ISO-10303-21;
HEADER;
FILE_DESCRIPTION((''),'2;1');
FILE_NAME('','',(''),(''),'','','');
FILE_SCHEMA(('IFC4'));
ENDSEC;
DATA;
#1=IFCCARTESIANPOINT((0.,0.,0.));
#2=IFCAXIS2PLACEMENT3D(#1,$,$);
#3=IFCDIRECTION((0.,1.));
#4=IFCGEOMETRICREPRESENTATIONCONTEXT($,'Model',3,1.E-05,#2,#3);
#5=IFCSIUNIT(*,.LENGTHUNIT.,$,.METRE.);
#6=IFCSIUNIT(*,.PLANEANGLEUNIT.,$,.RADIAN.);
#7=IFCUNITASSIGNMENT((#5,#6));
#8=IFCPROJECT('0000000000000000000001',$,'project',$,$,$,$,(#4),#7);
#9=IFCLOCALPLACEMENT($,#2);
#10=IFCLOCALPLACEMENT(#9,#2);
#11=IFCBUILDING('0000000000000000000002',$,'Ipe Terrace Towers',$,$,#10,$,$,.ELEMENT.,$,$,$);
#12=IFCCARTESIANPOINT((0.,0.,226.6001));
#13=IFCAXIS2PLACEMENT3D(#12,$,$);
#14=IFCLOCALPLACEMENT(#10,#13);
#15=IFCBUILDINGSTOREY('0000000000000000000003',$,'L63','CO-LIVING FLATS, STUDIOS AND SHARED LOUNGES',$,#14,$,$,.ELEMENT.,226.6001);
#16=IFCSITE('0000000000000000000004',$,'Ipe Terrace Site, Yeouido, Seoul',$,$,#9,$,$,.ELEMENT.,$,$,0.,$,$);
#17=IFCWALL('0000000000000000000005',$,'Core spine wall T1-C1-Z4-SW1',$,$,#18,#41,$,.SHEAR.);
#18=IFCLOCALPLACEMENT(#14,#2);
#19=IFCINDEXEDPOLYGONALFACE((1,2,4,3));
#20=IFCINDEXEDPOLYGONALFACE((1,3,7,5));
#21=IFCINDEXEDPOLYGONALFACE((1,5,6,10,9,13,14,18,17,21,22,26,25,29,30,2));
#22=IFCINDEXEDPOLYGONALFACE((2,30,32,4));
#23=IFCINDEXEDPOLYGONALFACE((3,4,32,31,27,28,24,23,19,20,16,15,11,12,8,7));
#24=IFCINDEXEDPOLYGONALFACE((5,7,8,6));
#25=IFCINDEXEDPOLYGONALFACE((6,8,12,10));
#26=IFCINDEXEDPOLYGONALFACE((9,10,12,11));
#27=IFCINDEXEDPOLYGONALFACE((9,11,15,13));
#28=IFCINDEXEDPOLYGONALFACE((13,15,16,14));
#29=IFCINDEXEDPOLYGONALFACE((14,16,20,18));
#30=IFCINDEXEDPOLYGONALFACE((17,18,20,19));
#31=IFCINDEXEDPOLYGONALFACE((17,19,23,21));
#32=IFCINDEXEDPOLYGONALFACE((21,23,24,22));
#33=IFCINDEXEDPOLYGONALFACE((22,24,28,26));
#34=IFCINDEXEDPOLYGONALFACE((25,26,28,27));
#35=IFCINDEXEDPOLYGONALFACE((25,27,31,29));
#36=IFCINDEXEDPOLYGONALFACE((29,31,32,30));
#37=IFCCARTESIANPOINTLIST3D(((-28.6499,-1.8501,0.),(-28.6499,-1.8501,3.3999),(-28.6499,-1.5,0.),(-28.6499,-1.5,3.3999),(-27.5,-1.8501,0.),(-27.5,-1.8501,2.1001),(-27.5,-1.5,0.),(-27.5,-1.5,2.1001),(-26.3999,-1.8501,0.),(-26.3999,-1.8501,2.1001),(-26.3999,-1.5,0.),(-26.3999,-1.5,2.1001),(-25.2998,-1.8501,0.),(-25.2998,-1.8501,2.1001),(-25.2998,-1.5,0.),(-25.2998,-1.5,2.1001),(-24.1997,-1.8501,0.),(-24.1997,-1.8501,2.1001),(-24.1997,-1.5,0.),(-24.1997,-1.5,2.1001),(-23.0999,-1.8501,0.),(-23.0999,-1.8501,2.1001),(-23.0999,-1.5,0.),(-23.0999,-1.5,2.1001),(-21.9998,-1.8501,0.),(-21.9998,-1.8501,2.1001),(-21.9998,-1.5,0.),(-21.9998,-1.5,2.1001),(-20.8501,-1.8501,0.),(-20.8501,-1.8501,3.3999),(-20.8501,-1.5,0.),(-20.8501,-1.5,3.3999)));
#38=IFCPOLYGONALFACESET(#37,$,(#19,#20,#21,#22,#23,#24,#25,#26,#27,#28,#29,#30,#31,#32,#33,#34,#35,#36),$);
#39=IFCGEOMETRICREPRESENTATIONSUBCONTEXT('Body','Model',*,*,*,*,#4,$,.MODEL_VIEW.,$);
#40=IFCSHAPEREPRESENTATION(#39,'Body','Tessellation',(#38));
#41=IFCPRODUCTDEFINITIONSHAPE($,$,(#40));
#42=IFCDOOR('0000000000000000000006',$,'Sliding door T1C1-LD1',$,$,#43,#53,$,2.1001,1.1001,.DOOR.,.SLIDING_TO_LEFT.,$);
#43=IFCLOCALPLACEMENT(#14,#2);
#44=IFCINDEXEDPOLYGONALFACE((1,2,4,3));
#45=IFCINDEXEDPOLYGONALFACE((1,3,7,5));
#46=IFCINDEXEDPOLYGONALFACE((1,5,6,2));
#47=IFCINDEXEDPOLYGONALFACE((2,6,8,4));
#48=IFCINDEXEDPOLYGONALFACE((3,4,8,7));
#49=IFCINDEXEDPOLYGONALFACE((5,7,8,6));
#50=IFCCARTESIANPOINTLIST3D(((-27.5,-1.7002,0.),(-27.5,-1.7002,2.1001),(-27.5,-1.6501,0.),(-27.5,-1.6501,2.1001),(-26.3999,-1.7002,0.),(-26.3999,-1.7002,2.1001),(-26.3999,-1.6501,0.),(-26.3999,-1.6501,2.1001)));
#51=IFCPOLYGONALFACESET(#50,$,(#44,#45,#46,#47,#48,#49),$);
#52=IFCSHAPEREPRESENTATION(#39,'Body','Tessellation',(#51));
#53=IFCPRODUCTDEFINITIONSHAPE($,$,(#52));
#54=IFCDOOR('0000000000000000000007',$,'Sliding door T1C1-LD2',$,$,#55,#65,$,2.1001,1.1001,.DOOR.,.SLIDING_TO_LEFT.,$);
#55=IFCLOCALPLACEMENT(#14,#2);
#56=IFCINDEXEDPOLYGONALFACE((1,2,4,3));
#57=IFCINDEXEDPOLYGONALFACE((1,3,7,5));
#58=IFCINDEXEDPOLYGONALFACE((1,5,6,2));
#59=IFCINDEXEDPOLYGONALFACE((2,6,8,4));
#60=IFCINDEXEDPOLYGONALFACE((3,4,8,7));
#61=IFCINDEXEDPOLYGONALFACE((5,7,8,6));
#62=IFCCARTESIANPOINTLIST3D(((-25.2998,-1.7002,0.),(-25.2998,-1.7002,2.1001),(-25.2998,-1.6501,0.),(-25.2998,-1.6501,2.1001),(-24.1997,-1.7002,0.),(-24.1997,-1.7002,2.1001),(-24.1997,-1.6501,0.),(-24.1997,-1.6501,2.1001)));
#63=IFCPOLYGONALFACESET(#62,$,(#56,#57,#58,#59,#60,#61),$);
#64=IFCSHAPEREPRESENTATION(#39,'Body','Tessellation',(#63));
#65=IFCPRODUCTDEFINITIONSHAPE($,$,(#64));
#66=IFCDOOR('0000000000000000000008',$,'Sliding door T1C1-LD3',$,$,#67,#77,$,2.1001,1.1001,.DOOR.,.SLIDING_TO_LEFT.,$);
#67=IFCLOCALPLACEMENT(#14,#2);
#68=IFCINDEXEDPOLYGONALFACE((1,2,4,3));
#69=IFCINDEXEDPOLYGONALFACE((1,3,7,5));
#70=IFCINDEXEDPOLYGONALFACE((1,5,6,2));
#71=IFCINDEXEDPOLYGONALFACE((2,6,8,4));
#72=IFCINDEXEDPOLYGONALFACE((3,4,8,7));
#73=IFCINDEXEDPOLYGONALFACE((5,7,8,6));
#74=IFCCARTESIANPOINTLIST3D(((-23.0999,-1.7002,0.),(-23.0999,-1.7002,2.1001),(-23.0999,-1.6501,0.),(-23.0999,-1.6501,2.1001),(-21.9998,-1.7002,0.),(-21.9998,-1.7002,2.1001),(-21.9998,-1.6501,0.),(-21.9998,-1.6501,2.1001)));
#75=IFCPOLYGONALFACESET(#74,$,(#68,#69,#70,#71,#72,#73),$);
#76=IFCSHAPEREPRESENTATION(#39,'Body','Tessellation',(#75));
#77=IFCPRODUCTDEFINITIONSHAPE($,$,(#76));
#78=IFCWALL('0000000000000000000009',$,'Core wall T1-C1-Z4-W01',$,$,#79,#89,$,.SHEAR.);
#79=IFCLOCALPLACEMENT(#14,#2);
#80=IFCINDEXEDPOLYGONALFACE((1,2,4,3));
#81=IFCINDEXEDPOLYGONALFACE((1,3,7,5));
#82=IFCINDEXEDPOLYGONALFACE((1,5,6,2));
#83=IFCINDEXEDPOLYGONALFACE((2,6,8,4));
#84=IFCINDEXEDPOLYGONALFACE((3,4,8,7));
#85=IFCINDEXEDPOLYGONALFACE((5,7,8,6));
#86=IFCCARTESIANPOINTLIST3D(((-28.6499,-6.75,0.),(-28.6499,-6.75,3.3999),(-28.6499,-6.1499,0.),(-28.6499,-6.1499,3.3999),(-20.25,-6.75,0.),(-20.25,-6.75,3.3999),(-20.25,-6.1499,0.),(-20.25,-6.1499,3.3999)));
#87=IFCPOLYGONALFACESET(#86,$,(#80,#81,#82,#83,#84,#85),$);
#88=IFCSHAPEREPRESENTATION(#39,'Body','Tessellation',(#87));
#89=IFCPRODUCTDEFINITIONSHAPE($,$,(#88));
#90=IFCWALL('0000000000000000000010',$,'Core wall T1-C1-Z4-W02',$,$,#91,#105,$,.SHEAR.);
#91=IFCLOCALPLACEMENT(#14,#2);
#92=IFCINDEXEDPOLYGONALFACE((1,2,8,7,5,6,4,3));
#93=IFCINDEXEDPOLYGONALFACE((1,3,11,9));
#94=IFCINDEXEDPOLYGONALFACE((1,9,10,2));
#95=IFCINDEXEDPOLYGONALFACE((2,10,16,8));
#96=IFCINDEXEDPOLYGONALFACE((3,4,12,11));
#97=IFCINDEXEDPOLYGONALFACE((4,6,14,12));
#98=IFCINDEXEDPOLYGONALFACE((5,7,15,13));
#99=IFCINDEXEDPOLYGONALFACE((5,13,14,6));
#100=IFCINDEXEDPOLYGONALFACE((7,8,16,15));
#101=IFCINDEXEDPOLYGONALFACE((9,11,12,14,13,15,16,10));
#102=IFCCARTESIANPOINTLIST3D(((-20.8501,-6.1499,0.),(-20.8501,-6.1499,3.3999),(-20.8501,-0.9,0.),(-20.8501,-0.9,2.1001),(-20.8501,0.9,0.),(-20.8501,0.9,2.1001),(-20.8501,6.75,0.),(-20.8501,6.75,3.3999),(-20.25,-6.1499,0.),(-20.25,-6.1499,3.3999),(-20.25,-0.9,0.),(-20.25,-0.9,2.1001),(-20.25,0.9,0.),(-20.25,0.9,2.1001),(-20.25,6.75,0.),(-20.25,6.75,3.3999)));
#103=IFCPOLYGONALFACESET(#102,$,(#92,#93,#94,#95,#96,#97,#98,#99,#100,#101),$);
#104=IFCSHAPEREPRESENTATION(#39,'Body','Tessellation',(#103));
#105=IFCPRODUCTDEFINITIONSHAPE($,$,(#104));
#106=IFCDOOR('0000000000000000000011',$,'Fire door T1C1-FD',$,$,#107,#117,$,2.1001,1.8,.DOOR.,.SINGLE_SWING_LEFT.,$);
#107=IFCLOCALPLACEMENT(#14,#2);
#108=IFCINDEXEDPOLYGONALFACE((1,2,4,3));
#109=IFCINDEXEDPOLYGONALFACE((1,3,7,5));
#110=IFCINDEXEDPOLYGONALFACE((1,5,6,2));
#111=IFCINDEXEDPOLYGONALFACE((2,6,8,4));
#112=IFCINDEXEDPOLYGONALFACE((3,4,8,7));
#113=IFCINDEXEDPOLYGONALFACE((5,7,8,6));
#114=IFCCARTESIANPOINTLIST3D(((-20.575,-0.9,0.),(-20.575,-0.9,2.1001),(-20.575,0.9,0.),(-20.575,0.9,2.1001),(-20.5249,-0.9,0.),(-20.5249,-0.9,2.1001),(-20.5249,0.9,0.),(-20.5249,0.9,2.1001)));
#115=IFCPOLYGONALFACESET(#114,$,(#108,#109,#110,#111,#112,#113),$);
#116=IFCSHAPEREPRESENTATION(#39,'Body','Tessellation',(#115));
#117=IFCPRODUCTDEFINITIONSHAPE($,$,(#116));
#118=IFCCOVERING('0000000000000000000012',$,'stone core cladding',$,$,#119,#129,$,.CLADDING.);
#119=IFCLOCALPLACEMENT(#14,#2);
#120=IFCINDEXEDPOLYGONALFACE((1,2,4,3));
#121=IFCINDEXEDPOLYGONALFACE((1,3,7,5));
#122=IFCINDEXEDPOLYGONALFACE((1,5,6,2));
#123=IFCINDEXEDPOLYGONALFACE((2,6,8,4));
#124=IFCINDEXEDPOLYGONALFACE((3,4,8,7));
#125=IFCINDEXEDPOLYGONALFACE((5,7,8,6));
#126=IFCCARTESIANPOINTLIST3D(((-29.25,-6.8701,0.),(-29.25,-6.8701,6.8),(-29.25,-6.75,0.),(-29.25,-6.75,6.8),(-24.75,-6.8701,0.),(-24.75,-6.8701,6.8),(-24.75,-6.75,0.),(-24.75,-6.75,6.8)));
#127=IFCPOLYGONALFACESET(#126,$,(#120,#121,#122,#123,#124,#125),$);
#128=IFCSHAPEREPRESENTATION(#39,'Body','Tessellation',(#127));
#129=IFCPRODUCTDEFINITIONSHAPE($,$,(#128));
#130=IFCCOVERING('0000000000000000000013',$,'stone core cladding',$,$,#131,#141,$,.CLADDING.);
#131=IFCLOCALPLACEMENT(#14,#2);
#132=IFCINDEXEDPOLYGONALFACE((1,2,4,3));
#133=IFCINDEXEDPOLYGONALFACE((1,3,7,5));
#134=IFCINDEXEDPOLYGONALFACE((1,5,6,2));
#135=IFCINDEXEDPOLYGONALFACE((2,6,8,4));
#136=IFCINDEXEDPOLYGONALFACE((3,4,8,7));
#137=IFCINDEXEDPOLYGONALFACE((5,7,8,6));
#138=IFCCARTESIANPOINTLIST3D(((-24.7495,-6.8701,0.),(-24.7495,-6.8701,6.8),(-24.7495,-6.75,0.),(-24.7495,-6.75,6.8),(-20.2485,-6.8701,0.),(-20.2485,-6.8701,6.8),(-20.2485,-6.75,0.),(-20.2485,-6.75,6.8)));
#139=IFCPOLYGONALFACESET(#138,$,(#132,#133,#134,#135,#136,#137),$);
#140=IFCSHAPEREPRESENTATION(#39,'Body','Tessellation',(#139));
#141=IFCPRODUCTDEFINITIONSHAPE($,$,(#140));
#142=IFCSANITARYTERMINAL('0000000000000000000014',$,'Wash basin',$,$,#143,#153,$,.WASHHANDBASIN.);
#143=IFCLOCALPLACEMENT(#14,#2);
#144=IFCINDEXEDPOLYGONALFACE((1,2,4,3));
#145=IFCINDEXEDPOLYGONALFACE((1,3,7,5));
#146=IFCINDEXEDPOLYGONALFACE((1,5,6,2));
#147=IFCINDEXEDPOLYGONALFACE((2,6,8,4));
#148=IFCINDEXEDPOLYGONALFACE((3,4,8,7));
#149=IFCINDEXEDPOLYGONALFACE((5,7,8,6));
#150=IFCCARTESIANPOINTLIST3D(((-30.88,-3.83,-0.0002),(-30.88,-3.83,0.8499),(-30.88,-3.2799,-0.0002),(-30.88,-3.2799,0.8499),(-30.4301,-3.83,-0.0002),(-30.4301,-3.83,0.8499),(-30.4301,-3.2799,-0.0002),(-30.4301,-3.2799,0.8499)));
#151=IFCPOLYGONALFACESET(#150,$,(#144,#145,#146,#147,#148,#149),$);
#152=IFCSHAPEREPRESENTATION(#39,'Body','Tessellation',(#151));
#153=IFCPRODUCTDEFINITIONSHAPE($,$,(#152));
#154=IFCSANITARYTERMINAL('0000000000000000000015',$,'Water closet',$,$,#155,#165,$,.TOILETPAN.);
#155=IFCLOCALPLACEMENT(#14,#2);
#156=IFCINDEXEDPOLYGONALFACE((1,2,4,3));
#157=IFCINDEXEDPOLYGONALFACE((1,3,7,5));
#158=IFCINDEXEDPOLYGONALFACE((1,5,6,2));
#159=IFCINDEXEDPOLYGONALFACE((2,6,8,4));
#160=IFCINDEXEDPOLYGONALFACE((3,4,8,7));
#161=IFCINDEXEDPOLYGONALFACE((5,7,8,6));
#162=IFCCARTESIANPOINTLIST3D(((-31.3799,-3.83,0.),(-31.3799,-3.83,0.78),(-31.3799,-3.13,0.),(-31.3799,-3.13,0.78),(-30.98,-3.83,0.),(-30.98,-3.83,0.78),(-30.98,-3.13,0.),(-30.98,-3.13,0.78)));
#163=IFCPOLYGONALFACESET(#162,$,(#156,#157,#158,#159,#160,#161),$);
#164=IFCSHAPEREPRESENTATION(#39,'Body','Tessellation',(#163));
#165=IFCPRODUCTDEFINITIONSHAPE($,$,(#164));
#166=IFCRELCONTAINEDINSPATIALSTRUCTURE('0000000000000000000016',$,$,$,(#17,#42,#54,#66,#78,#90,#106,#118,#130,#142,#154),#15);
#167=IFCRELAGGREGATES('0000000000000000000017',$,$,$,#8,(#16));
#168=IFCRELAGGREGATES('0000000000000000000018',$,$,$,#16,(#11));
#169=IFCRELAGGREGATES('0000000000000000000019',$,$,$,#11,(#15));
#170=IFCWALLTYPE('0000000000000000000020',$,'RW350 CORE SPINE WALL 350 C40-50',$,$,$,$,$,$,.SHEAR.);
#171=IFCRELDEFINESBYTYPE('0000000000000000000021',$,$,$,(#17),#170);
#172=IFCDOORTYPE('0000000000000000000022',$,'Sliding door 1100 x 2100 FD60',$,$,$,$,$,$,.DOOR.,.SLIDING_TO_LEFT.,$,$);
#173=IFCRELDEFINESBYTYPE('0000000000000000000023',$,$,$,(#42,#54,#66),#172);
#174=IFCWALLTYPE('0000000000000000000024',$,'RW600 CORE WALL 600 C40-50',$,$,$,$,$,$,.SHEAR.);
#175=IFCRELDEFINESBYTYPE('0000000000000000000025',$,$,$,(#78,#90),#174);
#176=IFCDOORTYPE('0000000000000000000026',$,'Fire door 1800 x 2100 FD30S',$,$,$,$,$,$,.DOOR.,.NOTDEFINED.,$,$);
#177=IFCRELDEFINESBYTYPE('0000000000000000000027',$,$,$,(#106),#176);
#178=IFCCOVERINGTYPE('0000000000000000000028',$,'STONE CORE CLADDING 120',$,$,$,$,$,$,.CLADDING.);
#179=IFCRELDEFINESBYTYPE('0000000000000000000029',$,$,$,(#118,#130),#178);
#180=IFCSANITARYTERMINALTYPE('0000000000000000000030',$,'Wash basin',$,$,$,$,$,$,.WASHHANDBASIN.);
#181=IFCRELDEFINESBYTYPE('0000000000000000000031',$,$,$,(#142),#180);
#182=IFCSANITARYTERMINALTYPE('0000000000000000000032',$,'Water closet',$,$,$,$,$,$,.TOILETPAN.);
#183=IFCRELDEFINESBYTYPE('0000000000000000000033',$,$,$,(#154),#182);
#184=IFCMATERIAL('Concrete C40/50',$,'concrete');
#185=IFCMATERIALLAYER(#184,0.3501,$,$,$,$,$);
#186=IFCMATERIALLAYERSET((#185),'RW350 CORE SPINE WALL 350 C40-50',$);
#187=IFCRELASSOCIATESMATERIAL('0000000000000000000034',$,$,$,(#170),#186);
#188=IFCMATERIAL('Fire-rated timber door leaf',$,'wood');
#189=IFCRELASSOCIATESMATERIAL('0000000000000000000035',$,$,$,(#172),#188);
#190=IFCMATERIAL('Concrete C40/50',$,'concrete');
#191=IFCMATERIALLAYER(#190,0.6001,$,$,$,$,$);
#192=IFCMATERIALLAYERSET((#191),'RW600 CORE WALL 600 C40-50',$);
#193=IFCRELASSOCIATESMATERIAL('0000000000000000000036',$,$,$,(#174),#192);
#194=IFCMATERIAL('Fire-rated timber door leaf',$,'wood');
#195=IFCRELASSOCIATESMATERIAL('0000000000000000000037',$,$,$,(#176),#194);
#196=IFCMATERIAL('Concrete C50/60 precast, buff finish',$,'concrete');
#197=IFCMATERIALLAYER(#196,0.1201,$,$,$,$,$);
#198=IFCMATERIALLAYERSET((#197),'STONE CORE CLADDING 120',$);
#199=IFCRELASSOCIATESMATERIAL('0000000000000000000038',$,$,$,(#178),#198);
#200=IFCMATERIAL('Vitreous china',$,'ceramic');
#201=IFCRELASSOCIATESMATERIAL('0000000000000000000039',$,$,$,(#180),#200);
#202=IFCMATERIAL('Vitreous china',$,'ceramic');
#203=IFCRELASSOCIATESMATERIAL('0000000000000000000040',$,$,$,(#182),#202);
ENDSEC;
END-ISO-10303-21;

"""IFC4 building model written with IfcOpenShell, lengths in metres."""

from ifc_helpers import new_model, si_unit, direction, frame, frame_2d, origin, origin_2d, place, context, subcontext, project, spatial, rectangle, extrude, material, layer, layer_set, type_object, element, fill, save


model = new_model("IFC4")

# Units and contexts
model_context = context("Model", 3, precision=1e-05, world=origin(), true_north=direction((0.0, 1.0)))
body_context = subcontext(model_context, "Body", "Model", "MODEL_VIEW")
ifc_project = project(units=[si_unit("LENGTHUNIT", "METRE"), si_unit("PLANEANGLEUNIT", "RADIAN")], contexts=[model_context])

# Site, building, storey
site_placement = place(None, origin())
site = spatial("IfcSite", under=ifc_project, at=site_placement, Name="Ipe Terrace Site, Yeouido, Seoul", CompositionType="ELEMENT", RefElevation=0.0)
building_placement = place(site_placement, origin())
building = spatial("IfcBuilding", under=site, at=building_placement, Name="Ipe Terrace Towers", CompositionType="ELEMENT")
storey_placement = place(building_placement, frame((0.0, 0.0, 226.6001)))
storey = spatial("IfcBuildingStorey", under=building, at=storey_placement, Name="L63", Description="CO-LIVING FLATS, STUDIOS AND SHARED LOUNGES", CompositionType="ELEMENT", Elevation=226.6001)

# Wall, openings, doors
ifc_material_1 = material(Name="Concrete C40/50", Category="concrete")
ifc_layer_1 = layer(ifc_material_1, 0.3501)
ifc_layer_set_1 = layer_set([ifc_layer_1], Name="RW350 CORE SPINE WALL 350 C40-50")
wall_type_1 = type_object("IfcWallType", Name="RW350 CORE SPINE WALL 350 C40-50", PredefinedType="SHEAR", material=ifc_layer_set_1)
wall_1_placement = place(storey_placement, frame((-28.6499, -1.675, 0.0), z_axis=(0.0, 0.0, 1.0), x_axis=(1.0, 0.0, 0.0)))
wall_1 = element("IfcWall", 1, at=wall_1_placement, inside=storey, type_object=wall_type_1, Name="Core spine wall T1-C1-Z4-SW1", PredefinedType="SHEAR", context=body_context, shape_type="SweptSolid", body=[
    extrude(rectangle(XDim=7.7998, YDim=0.3501, at=frame_2d((3.8999, 0.0))), origin(), (0.0, 0.0, 1.0), 3.3999),
])
opening_1_placement = place(wall_1_placement, frame((1.1499, 0.0, 0.0)))
opening_1 = element("IfcOpeningElement", 2, at=opening_1_placement, cuts=wall_1, PredefinedType="OPENING", context=body_context, shape_type="SweptSolid", body=[
    extrude(rectangle(XDim=1.1001, YDim=2.1001, at=frame_2d((0.55, 1.05))), frame((0.0, 0.1851, 0.0), z_axis=(0.0, -1.0, 0.0), x_axis=(1.0, 0.0, 0.0)), (0.0, 0.0, 1.0), 0.3701),
])
opening_2_placement = place(wall_1_placement, frame((3.3501, 0.0, 0.0)))
opening_2 = element("IfcOpeningElement", 3, at=opening_2_placement, cuts=wall_1, PredefinedType="OPENING", context=body_context, shape_type="SweptSolid", body=[
    extrude(rectangle(XDim=1.1001, YDim=2.1001, at=frame_2d((0.55, 1.05))), frame((0.0, 0.1851, 0.0), z_axis=(0.0, -1.0, 0.0), x_axis=(1.0, 0.0, 0.0)), (0.0, 0.0, 1.0), 0.3701),
])
opening_3_placement = place(wall_1_placement, frame((5.55, 0.0, 0.0)))
opening_3 = element("IfcOpeningElement", 4, at=opening_3_placement, cuts=wall_1, PredefinedType="OPENING", context=body_context, shape_type="SweptSolid", body=[
    extrude(rectangle(XDim=1.1001, YDim=2.1001, at=frame_2d((0.55, 1.05))), frame((0.0, 0.1851, 0.0), z_axis=(0.0, -1.0, 0.0), x_axis=(1.0, 0.0, 0.0)), (0.0, 0.0, 1.0), 0.3701),
])
ifc_material_2 = material(Name="Fire-rated timber door leaf", Category="wood")
door_type_1 = type_object("IfcDoorType", Name="Sliding door 1100 x 2100 FD60", OperationType="SLIDING_TO_LEFT", PredefinedType="DOOR", material=ifc_material_2)
door_1_placement = place(opening_1_placement, origin())
door_1 = element("IfcDoor", 5, at=door_1_placement, inside=storey, type_object=door_type_1, Name="Sliding door T1C1-LD1", OperationType="SLIDING_TO_LEFT", OverallHeight=2.1001, OverallWidth=1.1001, PredefinedType="DOOR", context=body_context, shape_type="SweptSolid", body=[
    extrude(rectangle(XDim=1.1001, YDim=2.1001, at=frame_2d((0.55, 1.05))), frame((0.0, 0.0249, 0.0), z_axis=(0.0, -1.0, 0.0), x_axis=(1.0, 0.0, 0.0)), (0.0, 0.0, 1.0), 0.05),
])
fill(opening_1, door_1)
door_2_placement = place(opening_2_placement, origin())
door_2 = element("IfcDoor", 6, at=door_2_placement, inside=storey, type_object=door_type_1, Name="Sliding door T1C1-LD2", OperationType="SLIDING_TO_LEFT", OverallHeight=2.1001, OverallWidth=1.1001, PredefinedType="DOOR", context=body_context, shape_type="SweptSolid", body=[
    extrude(rectangle(XDim=1.1001, YDim=2.1001, at=frame_2d((0.55, 1.05))), frame((0.0, 0.0249, 0.0), z_axis=(0.0, -1.0, 0.0), x_axis=(1.0, 0.0, 0.0)), (0.0, 0.0, 1.0), 0.05),
])
fill(opening_2, door_2)
door_3_placement = place(opening_3_placement, origin())
door_3 = element("IfcDoor", 7, at=door_3_placement, inside=storey, type_object=door_type_1, Name="Sliding door T1C1-LD3", OperationType="SLIDING_TO_LEFT", OverallHeight=2.1001, OverallWidth=1.1001, PredefinedType="DOOR", context=body_context, shape_type="SweptSolid", body=[
    extrude(rectangle(XDim=1.1001, YDim=2.1001, at=frame_2d((0.55, 1.05))), frame((0.0, 0.0249, 0.0), z_axis=(0.0, -1.0, 0.0), x_axis=(1.0, 0.0, 0.0)), (0.0, 0.0, 1.0), 0.05),
])
fill(opening_3, door_3)

# Wall
ifc_material_3 = material(Name="Concrete C40/50", Category="concrete")
ifc_layer_2 = layer(ifc_material_3, 0.6001)
ifc_layer_set_2 = layer_set([ifc_layer_2], Name="RW600 CORE WALL 600 C40-50")
wall_type_2 = type_object("IfcWallType", Name="RW600 CORE WALL 600 C40-50", PredefinedType="SHEAR", material=ifc_layer_set_2)
wall_2_placement = place(storey_placement, frame((-28.6499, -6.45, 0.0), z_axis=(0.0, 0.0, 1.0), x_axis=(1.0, 0.0, 0.0)))
element("IfcWall", 8, at=wall_2_placement, inside=storey, type_object=wall_type_2, Name="Core wall T1-C1-Z4-W01", PredefinedType="SHEAR", context=body_context, shape_type="SweptSolid", body=[
    extrude(rectangle(XDim=8.3999, YDim=0.6001, at=frame_2d((4.2, 0.0))), origin(), (0.0, 0.0, 1.0), 3.3999),
])

# Wall, opening, door
wall_3_placement = place(storey_placement, frame((-20.55, -6.1499, 0.0), z_axis=(0.0, 0.0, 1.0), x_axis=(0.0, 1.0, 0.0)))
wall_3 = element("IfcWall", 9, at=wall_3_placement, inside=storey, type_object=wall_type_2, Name="Core wall T1-C1-Z4-W02", PredefinedType="SHEAR", context=body_context, shape_type="SweptSolid", body=[
    extrude(rectangle(XDim=12.8999, YDim=0.6001, at=frame_2d((6.45, 0.0))), origin(), (0.0, 0.0, 1.0), 3.3999),
])
opening_4_placement = place(wall_3_placement, frame((5.25, 0.0, 0.0)))
opening_4 = element("IfcOpeningElement", 10, at=opening_4_placement, cuts=wall_3, PredefinedType="OPENING", context=body_context, shape_type="SweptSolid", body=[
    extrude(rectangle(XDim=1.8, YDim=2.1001, at=frame_2d((0.8999, 1.05))), frame((0.0, 0.3101, 0.0), z_axis=(0.0, -1.0, 0.0), x_axis=(1.0, 0.0, 0.0)), (0.0, 0.0, 1.0), 0.6201),
])
ifc_material_4 = material(Name="Fire-rated timber door leaf", Category="wood")
door_type_2 = type_object("IfcDoorType", Name="Fire door 1800 x 2100 FD30S", OperationType="NOTDEFINED", PredefinedType="DOOR", material=ifc_material_4)
door_4_placement = place(opening_4_placement, origin())
door_4 = element("IfcDoor", 11, at=door_4_placement, inside=storey, type_object=door_type_2, Name="Fire door T1C1-FD", OperationType="SINGLE_SWING_LEFT", OverallHeight=2.1001, OverallWidth=1.8, PredefinedType="DOOR", context=body_context, shape_type="SweptSolid", body=[
    extrude(rectangle(XDim=1.8, YDim=2.1001, at=frame_2d((0.8999, 1.05))), frame((0.0, 0.0249, 0.0), z_axis=(0.0, -1.0, 0.0), x_axis=(1.0, 0.0, 0.0)), (0.0, 0.0, 1.0), 0.05),
])
fill(opening_4, door_4)

# Coverings
ifc_material_5 = material(Name="Concrete C50/60 precast, buff finish", Category="concrete")
ifc_layer_3 = layer(ifc_material_5, 0.1201)
ifc_layer_set_3 = layer_set([ifc_layer_3], Name="STONE CORE CLADDING 120")
covering_type = type_object("IfcCoveringType", Name="STONE CORE CLADDING 120", PredefinedType="CLADDING", material=ifc_layer_set_3)
covering_1_placement = place(storey_placement, frame((-27.0, -6.8101, 0.0), z_axis=(0.0, 0.0, 1.0), x_axis=(1.0, 0.0, 0.0)))
element("IfcCovering", 12, at=covering_1_placement, inside=storey, type_object=covering_type, Name="stone core cladding", PredefinedType="CLADDING", context=body_context, shape_type="SweptSolid", body=[
    extrude(rectangle(XDim=4.5, YDim=0.1201, at=origin_2d()), origin(), (0.0, 0.0, 1.0), 6.8),
])
covering_2_placement = place(storey_placement, frame((-22.499, -6.8101, 0.0), z_axis=(0.0, 0.0, 1.0), x_axis=(1.0, 0.0, 0.0)))
element("IfcCovering", 13, at=covering_2_placement, inside=storey, type_object=covering_type, Name="stone core cladding", PredefinedType="CLADDING", context=body_context, shape_type="SweptSolid", body=[
    extrude(rectangle(XDim=4.501, YDim=0.1201, at=origin_2d()), origin(), (0.0, 0.0, 1.0), 6.8),
])

# Sanitary terminals
ifc_material_6 = material(Name="Vitreous china", Category="ceramic")
sanitary_terminal_type_1 = type_object("IfcSanitaryTerminalType", Name="Wash basin", PredefinedType="WASHHANDBASIN", material=ifc_material_6)
sanitary_terminal_1_placement = place(storey_placement, frame((-30.655, -3.5549, -0.0002), z_axis=(0.0, 0.0, 1.0), x_axis=(0.0, 1.0, 0.0)))
element("IfcSanitaryTerminal", 14, at=sanitary_terminal_1_placement, inside=storey, type_object=sanitary_terminal_type_1, Name="Wash basin", PredefinedType="WASHHANDBASIN", context=body_context, shape_type="SweptSolid", body=[
    extrude(rectangle(XDim=0.55, YDim=0.45, at=origin_2d()), origin(), (0.0, 0.0, 1.0), 0.8501),
])
ifc_material_7 = material(Name="Vitreous china", Category="ceramic")
sanitary_terminal_type_2 = type_object("IfcSanitaryTerminalType", Name="Water closet", PredefinedType="TOILETPAN", material=ifc_material_7)
sanitary_terminal_2_placement = place(storey_placement, frame((-31.1799, -3.48, 0.0), z_axis=(0.0, 0.0, 1.0), x_axis=(0.0, 1.0, 0.0)))
element("IfcSanitaryTerminal", 15, at=sanitary_terminal_2_placement, inside=storey, type_object=sanitary_terminal_type_2, Name="Water closet", PredefinedType="TOILETPAN", context=body_context, shape_type="SweptSolid", body=[
    extrude(rectangle(XDim=0.7, YDim=0.3999, at=origin_2d()), origin(), (0.0, 0.0, 1.0), 0.78),
])

save(model, "model.ifc")
